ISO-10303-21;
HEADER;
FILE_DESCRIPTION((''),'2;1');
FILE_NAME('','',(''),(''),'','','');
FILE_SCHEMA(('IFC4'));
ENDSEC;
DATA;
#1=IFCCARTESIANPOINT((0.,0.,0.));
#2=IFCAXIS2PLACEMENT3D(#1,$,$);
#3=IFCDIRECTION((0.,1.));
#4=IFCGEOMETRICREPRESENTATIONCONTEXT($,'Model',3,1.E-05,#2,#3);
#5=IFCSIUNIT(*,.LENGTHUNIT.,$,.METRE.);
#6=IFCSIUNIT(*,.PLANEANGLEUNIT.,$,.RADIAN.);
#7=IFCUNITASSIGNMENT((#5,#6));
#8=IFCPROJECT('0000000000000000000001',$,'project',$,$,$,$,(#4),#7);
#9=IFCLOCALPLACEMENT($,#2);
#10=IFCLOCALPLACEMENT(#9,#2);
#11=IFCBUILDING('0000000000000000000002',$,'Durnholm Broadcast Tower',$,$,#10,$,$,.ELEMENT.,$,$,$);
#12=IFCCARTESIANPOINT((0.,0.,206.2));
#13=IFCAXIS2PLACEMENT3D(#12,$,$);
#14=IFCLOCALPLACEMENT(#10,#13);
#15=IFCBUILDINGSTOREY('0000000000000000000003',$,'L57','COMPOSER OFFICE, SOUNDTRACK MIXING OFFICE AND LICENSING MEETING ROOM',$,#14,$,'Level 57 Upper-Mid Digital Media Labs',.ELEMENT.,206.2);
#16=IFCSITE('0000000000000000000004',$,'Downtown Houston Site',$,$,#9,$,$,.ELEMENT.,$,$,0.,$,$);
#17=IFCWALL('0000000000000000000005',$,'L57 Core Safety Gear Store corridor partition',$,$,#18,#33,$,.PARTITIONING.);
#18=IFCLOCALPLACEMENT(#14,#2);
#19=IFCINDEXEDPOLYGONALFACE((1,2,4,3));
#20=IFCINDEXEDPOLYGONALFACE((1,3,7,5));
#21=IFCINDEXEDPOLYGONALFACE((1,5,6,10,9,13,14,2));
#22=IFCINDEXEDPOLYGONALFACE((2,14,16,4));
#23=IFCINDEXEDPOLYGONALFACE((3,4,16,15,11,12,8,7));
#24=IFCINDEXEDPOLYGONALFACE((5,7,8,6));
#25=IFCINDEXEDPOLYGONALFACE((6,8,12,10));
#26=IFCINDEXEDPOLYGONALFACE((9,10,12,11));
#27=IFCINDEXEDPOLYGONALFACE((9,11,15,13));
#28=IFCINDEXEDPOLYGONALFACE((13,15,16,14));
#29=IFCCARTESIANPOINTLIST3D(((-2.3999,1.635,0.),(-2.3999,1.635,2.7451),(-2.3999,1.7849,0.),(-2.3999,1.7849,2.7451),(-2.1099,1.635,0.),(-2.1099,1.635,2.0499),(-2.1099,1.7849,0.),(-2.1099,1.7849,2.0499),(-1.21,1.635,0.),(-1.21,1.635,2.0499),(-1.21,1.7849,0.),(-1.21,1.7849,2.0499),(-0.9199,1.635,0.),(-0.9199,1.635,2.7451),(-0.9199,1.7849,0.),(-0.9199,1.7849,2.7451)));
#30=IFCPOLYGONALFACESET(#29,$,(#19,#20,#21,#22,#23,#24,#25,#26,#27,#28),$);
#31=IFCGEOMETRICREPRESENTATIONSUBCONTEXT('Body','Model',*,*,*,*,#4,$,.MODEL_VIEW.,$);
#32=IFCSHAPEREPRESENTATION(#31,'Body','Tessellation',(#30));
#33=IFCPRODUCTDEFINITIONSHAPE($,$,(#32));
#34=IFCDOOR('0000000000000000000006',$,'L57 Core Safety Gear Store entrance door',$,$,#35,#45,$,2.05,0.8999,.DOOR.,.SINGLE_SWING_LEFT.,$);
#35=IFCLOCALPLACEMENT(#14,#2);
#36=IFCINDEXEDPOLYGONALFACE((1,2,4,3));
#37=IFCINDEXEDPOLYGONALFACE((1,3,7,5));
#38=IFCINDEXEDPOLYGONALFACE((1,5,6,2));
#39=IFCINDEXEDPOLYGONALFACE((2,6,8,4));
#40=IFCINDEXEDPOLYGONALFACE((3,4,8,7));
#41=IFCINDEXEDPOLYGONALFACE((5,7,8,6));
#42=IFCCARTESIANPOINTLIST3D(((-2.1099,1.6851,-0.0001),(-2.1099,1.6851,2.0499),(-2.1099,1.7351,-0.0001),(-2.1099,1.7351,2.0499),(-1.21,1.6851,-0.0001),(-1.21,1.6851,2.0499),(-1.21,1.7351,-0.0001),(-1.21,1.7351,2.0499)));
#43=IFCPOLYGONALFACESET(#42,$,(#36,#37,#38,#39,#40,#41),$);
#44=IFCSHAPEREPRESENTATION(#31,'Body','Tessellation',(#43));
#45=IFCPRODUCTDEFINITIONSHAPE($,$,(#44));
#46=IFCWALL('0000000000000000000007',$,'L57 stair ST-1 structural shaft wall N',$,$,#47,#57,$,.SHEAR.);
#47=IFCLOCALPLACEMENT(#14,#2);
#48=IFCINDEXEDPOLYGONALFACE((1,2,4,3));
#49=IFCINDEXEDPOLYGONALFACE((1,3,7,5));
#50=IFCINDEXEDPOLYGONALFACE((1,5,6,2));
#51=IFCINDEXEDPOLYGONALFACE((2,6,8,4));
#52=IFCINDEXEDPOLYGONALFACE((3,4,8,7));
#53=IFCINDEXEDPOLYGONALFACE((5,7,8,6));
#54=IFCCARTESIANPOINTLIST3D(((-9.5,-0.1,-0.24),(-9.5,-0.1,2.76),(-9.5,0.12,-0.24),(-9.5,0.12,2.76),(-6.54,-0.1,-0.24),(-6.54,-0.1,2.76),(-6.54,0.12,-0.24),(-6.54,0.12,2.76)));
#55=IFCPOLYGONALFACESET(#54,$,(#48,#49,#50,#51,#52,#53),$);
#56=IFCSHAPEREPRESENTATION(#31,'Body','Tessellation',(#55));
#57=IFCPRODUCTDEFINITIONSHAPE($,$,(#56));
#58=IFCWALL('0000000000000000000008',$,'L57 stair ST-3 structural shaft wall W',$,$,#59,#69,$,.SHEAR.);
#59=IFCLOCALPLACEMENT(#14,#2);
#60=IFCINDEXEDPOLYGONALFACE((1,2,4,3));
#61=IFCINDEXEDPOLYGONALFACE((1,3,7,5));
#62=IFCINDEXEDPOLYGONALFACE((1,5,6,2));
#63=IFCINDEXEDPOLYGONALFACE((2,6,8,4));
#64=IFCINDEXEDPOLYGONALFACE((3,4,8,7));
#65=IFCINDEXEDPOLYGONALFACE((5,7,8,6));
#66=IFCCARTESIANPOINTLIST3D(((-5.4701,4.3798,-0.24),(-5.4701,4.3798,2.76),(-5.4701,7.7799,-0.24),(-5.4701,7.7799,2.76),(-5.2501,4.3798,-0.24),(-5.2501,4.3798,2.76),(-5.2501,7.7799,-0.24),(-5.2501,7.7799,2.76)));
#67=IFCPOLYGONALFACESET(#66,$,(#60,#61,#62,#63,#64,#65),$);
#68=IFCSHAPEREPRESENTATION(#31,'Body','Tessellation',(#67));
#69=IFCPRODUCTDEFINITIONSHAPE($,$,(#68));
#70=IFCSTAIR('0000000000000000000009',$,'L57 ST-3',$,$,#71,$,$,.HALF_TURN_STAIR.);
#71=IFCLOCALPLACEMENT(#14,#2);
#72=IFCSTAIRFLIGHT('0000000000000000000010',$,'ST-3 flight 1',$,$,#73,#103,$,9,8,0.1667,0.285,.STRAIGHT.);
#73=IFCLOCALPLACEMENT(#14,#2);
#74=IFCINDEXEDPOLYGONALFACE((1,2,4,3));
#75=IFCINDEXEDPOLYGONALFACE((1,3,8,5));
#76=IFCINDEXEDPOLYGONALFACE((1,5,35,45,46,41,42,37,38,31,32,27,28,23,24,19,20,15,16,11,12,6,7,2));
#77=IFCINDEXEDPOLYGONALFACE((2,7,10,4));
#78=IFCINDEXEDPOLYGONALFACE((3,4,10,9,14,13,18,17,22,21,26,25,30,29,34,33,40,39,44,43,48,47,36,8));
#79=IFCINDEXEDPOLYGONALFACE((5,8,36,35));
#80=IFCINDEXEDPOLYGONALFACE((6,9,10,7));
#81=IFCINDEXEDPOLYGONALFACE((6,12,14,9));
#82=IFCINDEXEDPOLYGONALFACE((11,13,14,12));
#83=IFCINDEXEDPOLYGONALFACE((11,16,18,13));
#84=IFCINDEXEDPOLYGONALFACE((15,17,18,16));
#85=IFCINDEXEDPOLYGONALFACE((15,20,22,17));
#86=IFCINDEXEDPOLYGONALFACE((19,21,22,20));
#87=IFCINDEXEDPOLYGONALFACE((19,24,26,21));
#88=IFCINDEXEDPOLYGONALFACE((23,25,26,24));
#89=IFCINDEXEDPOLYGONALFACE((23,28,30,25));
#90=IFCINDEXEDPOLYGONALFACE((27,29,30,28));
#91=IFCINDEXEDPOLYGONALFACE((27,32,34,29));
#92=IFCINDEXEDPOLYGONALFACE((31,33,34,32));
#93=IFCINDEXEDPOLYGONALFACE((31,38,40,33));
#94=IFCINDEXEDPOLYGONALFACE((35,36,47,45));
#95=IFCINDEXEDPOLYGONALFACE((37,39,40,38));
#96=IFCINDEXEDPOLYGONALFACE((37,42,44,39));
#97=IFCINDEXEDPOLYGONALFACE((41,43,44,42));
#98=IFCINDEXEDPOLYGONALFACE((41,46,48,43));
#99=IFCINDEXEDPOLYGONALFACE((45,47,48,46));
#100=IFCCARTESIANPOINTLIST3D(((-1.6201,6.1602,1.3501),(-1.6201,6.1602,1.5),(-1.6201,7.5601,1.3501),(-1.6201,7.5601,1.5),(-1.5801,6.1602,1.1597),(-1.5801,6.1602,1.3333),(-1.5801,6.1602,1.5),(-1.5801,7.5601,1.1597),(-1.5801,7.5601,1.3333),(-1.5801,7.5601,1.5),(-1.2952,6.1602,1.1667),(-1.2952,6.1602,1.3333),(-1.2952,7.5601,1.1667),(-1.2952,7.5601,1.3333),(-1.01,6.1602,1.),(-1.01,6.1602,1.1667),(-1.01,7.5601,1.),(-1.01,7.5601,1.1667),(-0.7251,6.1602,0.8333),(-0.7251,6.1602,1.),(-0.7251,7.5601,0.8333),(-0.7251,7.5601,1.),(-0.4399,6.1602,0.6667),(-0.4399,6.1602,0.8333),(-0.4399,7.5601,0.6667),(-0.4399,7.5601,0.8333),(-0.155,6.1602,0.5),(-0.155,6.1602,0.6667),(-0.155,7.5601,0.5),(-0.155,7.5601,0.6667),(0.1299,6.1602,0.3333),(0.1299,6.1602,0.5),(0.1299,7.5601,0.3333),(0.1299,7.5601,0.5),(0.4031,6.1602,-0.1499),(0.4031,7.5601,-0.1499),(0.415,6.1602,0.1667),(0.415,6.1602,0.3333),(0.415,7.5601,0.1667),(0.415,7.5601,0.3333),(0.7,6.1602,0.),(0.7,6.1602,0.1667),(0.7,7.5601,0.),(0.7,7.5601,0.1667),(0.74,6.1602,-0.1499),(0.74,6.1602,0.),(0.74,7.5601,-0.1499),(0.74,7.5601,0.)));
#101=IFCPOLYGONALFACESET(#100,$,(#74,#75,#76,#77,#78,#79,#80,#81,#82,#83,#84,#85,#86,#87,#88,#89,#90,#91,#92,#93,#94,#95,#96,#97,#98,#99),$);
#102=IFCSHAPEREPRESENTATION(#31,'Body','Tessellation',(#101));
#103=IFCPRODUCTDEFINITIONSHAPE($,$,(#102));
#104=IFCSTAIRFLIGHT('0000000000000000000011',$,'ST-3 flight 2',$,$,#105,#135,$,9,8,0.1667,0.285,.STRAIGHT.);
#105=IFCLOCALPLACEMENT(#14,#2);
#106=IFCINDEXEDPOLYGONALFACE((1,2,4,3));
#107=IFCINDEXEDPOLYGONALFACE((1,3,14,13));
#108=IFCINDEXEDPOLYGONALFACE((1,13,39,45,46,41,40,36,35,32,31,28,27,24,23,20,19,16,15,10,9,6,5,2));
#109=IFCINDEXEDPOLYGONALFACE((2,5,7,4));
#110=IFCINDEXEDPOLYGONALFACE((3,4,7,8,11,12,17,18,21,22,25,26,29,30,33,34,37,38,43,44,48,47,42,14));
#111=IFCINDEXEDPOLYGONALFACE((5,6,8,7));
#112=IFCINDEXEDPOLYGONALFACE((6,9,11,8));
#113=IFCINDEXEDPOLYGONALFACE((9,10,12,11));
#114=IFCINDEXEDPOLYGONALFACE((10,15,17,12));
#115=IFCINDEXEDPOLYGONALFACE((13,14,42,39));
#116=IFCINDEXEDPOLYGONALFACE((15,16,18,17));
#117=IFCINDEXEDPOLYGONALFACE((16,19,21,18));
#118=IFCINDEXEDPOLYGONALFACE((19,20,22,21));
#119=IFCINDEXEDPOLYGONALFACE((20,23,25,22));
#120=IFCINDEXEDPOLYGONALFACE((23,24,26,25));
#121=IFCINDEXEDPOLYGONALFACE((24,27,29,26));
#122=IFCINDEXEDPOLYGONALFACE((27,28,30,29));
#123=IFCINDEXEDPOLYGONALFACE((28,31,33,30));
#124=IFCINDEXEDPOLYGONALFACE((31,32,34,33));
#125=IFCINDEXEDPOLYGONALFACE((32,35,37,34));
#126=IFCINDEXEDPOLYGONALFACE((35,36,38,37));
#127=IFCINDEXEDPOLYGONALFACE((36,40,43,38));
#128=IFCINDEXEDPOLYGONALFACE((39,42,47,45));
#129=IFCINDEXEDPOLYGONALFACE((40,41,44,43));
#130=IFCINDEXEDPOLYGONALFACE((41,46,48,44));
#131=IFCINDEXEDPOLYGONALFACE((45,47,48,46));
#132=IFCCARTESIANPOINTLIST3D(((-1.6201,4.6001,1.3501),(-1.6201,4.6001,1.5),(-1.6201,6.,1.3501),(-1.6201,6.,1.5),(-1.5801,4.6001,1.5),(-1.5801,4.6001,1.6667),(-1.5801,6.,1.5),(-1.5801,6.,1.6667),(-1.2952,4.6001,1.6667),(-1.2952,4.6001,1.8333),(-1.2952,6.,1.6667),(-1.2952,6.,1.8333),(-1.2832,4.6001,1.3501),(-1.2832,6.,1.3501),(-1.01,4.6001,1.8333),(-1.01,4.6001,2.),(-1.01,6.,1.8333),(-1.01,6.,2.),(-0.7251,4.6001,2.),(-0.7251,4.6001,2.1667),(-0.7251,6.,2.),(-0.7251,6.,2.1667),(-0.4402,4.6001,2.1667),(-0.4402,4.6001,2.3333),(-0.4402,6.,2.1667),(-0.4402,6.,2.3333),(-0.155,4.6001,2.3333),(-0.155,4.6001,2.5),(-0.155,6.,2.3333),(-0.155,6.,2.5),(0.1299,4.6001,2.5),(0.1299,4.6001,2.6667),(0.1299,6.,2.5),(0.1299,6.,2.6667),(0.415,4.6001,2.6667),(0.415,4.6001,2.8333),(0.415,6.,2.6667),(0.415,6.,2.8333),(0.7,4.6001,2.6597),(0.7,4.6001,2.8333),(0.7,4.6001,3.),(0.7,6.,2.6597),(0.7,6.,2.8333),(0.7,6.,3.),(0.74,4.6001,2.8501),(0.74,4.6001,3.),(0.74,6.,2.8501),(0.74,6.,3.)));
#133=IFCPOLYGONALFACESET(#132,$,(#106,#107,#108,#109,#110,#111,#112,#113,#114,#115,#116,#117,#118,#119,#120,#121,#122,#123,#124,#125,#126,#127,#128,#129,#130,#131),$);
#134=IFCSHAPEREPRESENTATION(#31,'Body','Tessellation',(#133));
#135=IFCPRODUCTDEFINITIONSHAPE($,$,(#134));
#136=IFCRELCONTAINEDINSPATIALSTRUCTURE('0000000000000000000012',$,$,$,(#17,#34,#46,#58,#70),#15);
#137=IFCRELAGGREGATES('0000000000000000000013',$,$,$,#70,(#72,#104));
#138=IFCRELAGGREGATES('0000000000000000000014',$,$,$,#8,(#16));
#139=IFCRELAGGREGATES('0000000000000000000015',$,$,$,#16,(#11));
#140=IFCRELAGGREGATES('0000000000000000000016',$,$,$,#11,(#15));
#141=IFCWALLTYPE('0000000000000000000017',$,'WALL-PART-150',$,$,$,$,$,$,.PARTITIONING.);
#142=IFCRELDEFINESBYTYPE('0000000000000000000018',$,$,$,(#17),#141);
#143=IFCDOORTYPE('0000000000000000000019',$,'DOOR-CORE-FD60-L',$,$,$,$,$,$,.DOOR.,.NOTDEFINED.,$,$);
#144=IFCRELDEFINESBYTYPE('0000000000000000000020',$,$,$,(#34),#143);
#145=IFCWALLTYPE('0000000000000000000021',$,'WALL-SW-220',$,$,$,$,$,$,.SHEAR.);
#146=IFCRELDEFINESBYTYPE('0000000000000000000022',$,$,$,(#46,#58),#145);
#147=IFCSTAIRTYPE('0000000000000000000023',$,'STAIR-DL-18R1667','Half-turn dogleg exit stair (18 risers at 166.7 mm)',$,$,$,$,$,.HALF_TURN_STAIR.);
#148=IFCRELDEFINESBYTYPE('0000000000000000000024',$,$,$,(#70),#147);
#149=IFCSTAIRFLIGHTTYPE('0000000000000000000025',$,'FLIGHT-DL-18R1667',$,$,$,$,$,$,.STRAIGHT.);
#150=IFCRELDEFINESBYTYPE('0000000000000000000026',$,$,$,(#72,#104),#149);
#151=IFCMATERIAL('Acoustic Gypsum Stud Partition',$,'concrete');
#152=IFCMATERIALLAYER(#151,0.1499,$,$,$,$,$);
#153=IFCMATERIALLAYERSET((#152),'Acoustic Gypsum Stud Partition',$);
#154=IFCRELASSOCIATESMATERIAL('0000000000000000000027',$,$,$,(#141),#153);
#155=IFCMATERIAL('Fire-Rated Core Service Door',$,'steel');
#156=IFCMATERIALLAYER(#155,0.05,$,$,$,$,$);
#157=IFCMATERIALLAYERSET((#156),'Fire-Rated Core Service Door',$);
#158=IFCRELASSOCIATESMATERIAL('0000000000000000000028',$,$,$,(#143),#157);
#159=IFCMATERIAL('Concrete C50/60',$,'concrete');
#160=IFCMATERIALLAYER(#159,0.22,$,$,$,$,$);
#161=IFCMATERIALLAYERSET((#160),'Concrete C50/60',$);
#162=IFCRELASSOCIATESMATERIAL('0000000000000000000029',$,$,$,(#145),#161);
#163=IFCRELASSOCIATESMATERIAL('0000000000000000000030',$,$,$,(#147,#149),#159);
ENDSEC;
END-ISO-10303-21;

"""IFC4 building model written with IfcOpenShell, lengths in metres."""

from ifc_helpers import new_model, si_unit, direction, frame, frame_2d, origin, place, context, subcontext, project, spatial, polyline, rectangle, outline, extrude, source, transform, mapped, material, layer, layer_set, type_object, type_shapes, element, fill, aggregate, save


model = new_model("IFC4")

# Units and contexts
model_context = context("Model", 3, precision=1e-05, world=origin(), true_north=direction((0.0, 1.0)))
body_context = subcontext(model_context, "Body", "Model", "MODEL_VIEW")
ifc_project = project(units=[si_unit("LENGTHUNIT", "METRE"), si_unit("PLANEANGLEUNIT", "RADIAN")], contexts=[model_context])

# Site, building, storey
site_placement = place(None, origin())
site = spatial("IfcSite", under=ifc_project, at=site_placement, Name="Downtown Houston Site", CompositionType="ELEMENT", RefElevation=0.0)
building_placement = place(site_placement, origin())
building = spatial("IfcBuilding", under=site, at=building_placement, Name="Durnholm Broadcast Tower", CompositionType="ELEMENT")
storey_placement = place(building_placement, frame((0.0, 0.0, 206.2)))
storey = spatial("IfcBuildingStorey", under=building, at=storey_placement, Name="L57", Description="COMPOSER OFFICE, SOUNDTRACK MIXING OFFICE AND LICENSING MEETING ROOM", LongName="Level 57 Upper-Mid Digital Media Labs", CompositionType="ELEMENT", Elevation=206.2)

# Shared definitions
ifc_material_1 = material(Name="Fire-Rated Core Service Door", Category="steel")

# Wall, opening, door
ifc_material_2 = material(Name="Acoustic Gypsum Stud Partition", Category="concrete")
ifc_layer_1 = layer(ifc_material_2, 0.1499)
ifc_layer_set_1 = layer_set([ifc_layer_1], Name="Acoustic Gypsum Stud Partition")
wall_type_1 = type_object("IfcWallType", Name="WALL-PART-150", PredefinedType="PARTITIONING", material=ifc_layer_set_1)
ifc_layer_2 = layer(ifc_material_1, 0.05)
ifc_layer_set_2 = layer_set([ifc_layer_2], Name="Fire-Rated Core Service Door")
door_type_1 = type_object("IfcDoorType", Name="DOOR-CORE-FD60-L", OperationType="NOTDEFINED", PredefinedType="DOOR", material=ifc_layer_set_2)
shared_shape_1 = source(origin(), body_context, "Body", "SweptSolid", [
    extrude(rectangle(XDim=0.8999, YDim=2.05, at=frame_2d((0.45, 1.0249))), frame((0.0, 0.0249, 0.0), z_axis=(0.0, -1.0, 0.0), x_axis=(1.0, 0.0, 0.0)), (0.0, 0.0, 1.0), 0.05),
])
type_shapes(door_type_1, [shared_shape_1])
wall_1_placement = place(storey_placement, frame((-0.9199, 1.71, 0.0), z_axis=(0.0, 0.0, 1.0), x_axis=(-1.0, 0.0, 0.0)))
wall_1 = element("IfcWall", 1, at=wall_1_placement, inside=storey, type_object=wall_type_1, Name="L57 Core Safety Gear Store corridor partition", PredefinedType="PARTITIONING", context=body_context, shape_type="SweptSolid", body=[
    extrude(rectangle(XDim=1.48, YDim=0.1499, at=frame_2d((0.74, 0.0))), origin(), (0.0, 0.0, 1.0), 2.7451),
])
opening_1_placement = place(wall_1_placement, frame((0.29, 0.0, 0.0)))
opening_1 = element("IfcOpeningElement", 2, at=opening_1_placement, cuts=wall_1, PredefinedType="OPENING", context=body_context, shape_type="SweptSolid", body=[
    extrude(rectangle(XDim=0.8999, YDim=2.05, at=frame_2d((0.45, 1.0249))), frame((0.0, 0.085, 0.0), z_axis=(0.0, -1.0, 0.0), x_axis=(1.0, 0.0, 0.0)), (0.0, 0.0, 1.0), 0.1699),
])
door_1_placement = place(opening_1_placement, origin())
door_1 = element("IfcDoor", 3, at=door_1_placement, inside=storey, type_object=door_type_1, Name="L57 Core Safety Gear Store entrance door", OperationType="SINGLE_SWING_LEFT", OverallHeight=2.05, OverallWidth=0.8999, PredefinedType="DOOR", context=body_context, shape_type="MappedRepresentation", body=[
    mapped(shared_shape_1, transform((0.0, 0.0, 0.0), x_axis=(1.0, 0.0, 0.0), y_axis=(0.0, 1.0, 0.0), z_axis=(0.0, 0.0, 1.0), scale=1.0)),
])
fill(opening_1, door_1)

# Walls
ifc_material_3 = material(Name="Concrete C50/60", Category="concrete")
ifc_layer_3 = layer(ifc_material_3, 0.22)
ifc_layer_set_3 = layer_set([ifc_layer_3], Name="Concrete C50/60")
wall_type_2 = type_object("IfcWallType", Name="WALL-SW-220", PredefinedType="SHEAR", material=ifc_layer_set_3)
wall_2_placement = place(storey_placement, frame((-6.54, 0.01, -0.24), z_axis=(0.0, 0.0, 1.0), x_axis=(-1.0, 0.0, 0.0)))
element("IfcWall", 4, at=wall_2_placement, inside=storey, type_object=wall_type_2, Name="L57 stair ST-1 structural shaft wall N", PredefinedType="SHEAR", context=body_context, shape_type="SweptSolid", body=[
    extrude(rectangle(XDim=2.96, YDim=0.22, at=frame_2d((1.48, 0.0))), origin(), (0.0, 0.0, 1.0), 3.0),
])
wall_3_placement = place(storey_placement, frame((-5.3601, 7.78, -0.24), z_axis=(0.0, 0.0, 1.0), x_axis=(0.0, -1.0, 0.0)))
element("IfcWall", 5, at=wall_3_placement, inside=storey, type_object=wall_type_2, Name="L57 stair ST-3 structural shaft wall W", PredefinedType="SHEAR", context=body_context, shape_type="SweptSolid", body=[
    extrude(rectangle(XDim=3.4001, YDim=0.22, at=frame_2d((1.7002, 0.0))), origin(), (0.0, 0.0, 1.0), 3.0),
])

# Stair, stair flights
stair_type = type_object("IfcStairType", Name="STAIR-DL-18R1667", Description="Half-turn dogleg exit stair (18 risers at 166.7 mm)", PredefinedType="HALF_TURN_STAIR", material=ifc_material_3)
stair_placement = place(storey_placement, origin())
stair = element("IfcStair", 6, at=stair_placement, inside=storey, type_object=stair_type, Name="L57 ST-3", PredefinedType="HALF_TURN_STAIR")
stair_flight_type = type_object("IfcStairFlightType", Name="FLIGHT-DL-18R1667", PredefinedType="STRAIGHT", material=ifc_material_3)
stair_flight_1_placement = place(storey_placement, frame((0.7, 6.8601, 0.0), z_axis=(0.0, 0.0, 1.0), x_axis=(-1.0, 0.0, 0.0)))
stair_flight_1 = element("IfcStairFlight", 7, at=stair_flight_1_placement, type_object=stair_flight_type, Name="ST-3 flight 1", NumberOfRisers=9, NumberOfTreads=8, PredefinedType="STRAIGHT", RiserHeight=0.1667, TreadLength=0.285, context=body_context, shape_type="SweptSolid", body=[
    extrude(outline(polyline([(-0.04, -0.1499), (-0.04, 0.0), (0.0, 0.0), (0.0, 0.1667), (0.2849, 0.1667), (0.2849, 0.3333), (0.5701, 0.3333), (0.5701, 0.5), (0.855, 0.5), (0.855, 0.6667), (1.1399, 0.6667), (1.1399, 0.8333), (1.425, 0.8333), (1.425, 1.0), (1.71, 1.0), (1.71, 1.1667), (1.9951, 1.1667), (1.9951, 1.3333), (2.28, 1.3333), (2.28, 1.5), (2.3201, 1.5), (2.3201, 1.3501), (2.28, 1.1597), (0.2969, -0.1499), (-0.04, -0.1499)])), frame((0.0, 0.7, 0.0), z_axis=(0.0, -1.0, 0.0), x_axis=(1.0, 0.0, 0.0)), (0.0, 0.0, 1.0), 1.3999),
])
stair_flight_2_placement = place(storey_placement, frame((-1.5801, 5.3, 1.5), z_axis=(0.0, 0.0, 1.0), x_axis=(1.0, 0.0, 0.0)))
stair_flight_2 = element("IfcStairFlight", 8, at=stair_flight_2_placement, type_object=stair_flight_type, Name="ST-3 flight 2", NumberOfRisers=9, NumberOfTreads=8, PredefinedType="STRAIGHT", RiserHeight=0.1667, TreadLength=0.285, context=body_context, shape_type="SweptSolid", body=[
    extrude(outline(polyline([(-0.04, -0.1499), (-0.04, 0.0), (0.0, 0.0), (0.0, 0.1667), (0.2849, 0.1667), (0.2849, 0.3333), (0.5701, 0.3333), (0.5701, 0.5), (0.855, 0.5), (0.855, 0.6667), (1.1399, 0.6667), (1.1399, 0.8333), (1.425, 0.8333), (1.425, 1.0), (1.71, 1.0), (1.71, 1.1667), (1.9951, 1.1667), (1.9951, 1.3333), (2.28, 1.3333), (2.28, 1.5), (2.3201, 1.5), (2.3201, 1.3501), (2.28, 1.1597), (0.2969, -0.1499), (-0.04, -0.1499)])), frame((0.0, 0.7, 0.0), z_axis=(0.0, -1.0, 0.0), x_axis=(1.0, 0.0, 0.0)), (0.0, 0.0, 1.0), 1.3999),
])
aggregate(stair, [stair_flight_1, stair_flight_2])

save(model, "model.ifc")
